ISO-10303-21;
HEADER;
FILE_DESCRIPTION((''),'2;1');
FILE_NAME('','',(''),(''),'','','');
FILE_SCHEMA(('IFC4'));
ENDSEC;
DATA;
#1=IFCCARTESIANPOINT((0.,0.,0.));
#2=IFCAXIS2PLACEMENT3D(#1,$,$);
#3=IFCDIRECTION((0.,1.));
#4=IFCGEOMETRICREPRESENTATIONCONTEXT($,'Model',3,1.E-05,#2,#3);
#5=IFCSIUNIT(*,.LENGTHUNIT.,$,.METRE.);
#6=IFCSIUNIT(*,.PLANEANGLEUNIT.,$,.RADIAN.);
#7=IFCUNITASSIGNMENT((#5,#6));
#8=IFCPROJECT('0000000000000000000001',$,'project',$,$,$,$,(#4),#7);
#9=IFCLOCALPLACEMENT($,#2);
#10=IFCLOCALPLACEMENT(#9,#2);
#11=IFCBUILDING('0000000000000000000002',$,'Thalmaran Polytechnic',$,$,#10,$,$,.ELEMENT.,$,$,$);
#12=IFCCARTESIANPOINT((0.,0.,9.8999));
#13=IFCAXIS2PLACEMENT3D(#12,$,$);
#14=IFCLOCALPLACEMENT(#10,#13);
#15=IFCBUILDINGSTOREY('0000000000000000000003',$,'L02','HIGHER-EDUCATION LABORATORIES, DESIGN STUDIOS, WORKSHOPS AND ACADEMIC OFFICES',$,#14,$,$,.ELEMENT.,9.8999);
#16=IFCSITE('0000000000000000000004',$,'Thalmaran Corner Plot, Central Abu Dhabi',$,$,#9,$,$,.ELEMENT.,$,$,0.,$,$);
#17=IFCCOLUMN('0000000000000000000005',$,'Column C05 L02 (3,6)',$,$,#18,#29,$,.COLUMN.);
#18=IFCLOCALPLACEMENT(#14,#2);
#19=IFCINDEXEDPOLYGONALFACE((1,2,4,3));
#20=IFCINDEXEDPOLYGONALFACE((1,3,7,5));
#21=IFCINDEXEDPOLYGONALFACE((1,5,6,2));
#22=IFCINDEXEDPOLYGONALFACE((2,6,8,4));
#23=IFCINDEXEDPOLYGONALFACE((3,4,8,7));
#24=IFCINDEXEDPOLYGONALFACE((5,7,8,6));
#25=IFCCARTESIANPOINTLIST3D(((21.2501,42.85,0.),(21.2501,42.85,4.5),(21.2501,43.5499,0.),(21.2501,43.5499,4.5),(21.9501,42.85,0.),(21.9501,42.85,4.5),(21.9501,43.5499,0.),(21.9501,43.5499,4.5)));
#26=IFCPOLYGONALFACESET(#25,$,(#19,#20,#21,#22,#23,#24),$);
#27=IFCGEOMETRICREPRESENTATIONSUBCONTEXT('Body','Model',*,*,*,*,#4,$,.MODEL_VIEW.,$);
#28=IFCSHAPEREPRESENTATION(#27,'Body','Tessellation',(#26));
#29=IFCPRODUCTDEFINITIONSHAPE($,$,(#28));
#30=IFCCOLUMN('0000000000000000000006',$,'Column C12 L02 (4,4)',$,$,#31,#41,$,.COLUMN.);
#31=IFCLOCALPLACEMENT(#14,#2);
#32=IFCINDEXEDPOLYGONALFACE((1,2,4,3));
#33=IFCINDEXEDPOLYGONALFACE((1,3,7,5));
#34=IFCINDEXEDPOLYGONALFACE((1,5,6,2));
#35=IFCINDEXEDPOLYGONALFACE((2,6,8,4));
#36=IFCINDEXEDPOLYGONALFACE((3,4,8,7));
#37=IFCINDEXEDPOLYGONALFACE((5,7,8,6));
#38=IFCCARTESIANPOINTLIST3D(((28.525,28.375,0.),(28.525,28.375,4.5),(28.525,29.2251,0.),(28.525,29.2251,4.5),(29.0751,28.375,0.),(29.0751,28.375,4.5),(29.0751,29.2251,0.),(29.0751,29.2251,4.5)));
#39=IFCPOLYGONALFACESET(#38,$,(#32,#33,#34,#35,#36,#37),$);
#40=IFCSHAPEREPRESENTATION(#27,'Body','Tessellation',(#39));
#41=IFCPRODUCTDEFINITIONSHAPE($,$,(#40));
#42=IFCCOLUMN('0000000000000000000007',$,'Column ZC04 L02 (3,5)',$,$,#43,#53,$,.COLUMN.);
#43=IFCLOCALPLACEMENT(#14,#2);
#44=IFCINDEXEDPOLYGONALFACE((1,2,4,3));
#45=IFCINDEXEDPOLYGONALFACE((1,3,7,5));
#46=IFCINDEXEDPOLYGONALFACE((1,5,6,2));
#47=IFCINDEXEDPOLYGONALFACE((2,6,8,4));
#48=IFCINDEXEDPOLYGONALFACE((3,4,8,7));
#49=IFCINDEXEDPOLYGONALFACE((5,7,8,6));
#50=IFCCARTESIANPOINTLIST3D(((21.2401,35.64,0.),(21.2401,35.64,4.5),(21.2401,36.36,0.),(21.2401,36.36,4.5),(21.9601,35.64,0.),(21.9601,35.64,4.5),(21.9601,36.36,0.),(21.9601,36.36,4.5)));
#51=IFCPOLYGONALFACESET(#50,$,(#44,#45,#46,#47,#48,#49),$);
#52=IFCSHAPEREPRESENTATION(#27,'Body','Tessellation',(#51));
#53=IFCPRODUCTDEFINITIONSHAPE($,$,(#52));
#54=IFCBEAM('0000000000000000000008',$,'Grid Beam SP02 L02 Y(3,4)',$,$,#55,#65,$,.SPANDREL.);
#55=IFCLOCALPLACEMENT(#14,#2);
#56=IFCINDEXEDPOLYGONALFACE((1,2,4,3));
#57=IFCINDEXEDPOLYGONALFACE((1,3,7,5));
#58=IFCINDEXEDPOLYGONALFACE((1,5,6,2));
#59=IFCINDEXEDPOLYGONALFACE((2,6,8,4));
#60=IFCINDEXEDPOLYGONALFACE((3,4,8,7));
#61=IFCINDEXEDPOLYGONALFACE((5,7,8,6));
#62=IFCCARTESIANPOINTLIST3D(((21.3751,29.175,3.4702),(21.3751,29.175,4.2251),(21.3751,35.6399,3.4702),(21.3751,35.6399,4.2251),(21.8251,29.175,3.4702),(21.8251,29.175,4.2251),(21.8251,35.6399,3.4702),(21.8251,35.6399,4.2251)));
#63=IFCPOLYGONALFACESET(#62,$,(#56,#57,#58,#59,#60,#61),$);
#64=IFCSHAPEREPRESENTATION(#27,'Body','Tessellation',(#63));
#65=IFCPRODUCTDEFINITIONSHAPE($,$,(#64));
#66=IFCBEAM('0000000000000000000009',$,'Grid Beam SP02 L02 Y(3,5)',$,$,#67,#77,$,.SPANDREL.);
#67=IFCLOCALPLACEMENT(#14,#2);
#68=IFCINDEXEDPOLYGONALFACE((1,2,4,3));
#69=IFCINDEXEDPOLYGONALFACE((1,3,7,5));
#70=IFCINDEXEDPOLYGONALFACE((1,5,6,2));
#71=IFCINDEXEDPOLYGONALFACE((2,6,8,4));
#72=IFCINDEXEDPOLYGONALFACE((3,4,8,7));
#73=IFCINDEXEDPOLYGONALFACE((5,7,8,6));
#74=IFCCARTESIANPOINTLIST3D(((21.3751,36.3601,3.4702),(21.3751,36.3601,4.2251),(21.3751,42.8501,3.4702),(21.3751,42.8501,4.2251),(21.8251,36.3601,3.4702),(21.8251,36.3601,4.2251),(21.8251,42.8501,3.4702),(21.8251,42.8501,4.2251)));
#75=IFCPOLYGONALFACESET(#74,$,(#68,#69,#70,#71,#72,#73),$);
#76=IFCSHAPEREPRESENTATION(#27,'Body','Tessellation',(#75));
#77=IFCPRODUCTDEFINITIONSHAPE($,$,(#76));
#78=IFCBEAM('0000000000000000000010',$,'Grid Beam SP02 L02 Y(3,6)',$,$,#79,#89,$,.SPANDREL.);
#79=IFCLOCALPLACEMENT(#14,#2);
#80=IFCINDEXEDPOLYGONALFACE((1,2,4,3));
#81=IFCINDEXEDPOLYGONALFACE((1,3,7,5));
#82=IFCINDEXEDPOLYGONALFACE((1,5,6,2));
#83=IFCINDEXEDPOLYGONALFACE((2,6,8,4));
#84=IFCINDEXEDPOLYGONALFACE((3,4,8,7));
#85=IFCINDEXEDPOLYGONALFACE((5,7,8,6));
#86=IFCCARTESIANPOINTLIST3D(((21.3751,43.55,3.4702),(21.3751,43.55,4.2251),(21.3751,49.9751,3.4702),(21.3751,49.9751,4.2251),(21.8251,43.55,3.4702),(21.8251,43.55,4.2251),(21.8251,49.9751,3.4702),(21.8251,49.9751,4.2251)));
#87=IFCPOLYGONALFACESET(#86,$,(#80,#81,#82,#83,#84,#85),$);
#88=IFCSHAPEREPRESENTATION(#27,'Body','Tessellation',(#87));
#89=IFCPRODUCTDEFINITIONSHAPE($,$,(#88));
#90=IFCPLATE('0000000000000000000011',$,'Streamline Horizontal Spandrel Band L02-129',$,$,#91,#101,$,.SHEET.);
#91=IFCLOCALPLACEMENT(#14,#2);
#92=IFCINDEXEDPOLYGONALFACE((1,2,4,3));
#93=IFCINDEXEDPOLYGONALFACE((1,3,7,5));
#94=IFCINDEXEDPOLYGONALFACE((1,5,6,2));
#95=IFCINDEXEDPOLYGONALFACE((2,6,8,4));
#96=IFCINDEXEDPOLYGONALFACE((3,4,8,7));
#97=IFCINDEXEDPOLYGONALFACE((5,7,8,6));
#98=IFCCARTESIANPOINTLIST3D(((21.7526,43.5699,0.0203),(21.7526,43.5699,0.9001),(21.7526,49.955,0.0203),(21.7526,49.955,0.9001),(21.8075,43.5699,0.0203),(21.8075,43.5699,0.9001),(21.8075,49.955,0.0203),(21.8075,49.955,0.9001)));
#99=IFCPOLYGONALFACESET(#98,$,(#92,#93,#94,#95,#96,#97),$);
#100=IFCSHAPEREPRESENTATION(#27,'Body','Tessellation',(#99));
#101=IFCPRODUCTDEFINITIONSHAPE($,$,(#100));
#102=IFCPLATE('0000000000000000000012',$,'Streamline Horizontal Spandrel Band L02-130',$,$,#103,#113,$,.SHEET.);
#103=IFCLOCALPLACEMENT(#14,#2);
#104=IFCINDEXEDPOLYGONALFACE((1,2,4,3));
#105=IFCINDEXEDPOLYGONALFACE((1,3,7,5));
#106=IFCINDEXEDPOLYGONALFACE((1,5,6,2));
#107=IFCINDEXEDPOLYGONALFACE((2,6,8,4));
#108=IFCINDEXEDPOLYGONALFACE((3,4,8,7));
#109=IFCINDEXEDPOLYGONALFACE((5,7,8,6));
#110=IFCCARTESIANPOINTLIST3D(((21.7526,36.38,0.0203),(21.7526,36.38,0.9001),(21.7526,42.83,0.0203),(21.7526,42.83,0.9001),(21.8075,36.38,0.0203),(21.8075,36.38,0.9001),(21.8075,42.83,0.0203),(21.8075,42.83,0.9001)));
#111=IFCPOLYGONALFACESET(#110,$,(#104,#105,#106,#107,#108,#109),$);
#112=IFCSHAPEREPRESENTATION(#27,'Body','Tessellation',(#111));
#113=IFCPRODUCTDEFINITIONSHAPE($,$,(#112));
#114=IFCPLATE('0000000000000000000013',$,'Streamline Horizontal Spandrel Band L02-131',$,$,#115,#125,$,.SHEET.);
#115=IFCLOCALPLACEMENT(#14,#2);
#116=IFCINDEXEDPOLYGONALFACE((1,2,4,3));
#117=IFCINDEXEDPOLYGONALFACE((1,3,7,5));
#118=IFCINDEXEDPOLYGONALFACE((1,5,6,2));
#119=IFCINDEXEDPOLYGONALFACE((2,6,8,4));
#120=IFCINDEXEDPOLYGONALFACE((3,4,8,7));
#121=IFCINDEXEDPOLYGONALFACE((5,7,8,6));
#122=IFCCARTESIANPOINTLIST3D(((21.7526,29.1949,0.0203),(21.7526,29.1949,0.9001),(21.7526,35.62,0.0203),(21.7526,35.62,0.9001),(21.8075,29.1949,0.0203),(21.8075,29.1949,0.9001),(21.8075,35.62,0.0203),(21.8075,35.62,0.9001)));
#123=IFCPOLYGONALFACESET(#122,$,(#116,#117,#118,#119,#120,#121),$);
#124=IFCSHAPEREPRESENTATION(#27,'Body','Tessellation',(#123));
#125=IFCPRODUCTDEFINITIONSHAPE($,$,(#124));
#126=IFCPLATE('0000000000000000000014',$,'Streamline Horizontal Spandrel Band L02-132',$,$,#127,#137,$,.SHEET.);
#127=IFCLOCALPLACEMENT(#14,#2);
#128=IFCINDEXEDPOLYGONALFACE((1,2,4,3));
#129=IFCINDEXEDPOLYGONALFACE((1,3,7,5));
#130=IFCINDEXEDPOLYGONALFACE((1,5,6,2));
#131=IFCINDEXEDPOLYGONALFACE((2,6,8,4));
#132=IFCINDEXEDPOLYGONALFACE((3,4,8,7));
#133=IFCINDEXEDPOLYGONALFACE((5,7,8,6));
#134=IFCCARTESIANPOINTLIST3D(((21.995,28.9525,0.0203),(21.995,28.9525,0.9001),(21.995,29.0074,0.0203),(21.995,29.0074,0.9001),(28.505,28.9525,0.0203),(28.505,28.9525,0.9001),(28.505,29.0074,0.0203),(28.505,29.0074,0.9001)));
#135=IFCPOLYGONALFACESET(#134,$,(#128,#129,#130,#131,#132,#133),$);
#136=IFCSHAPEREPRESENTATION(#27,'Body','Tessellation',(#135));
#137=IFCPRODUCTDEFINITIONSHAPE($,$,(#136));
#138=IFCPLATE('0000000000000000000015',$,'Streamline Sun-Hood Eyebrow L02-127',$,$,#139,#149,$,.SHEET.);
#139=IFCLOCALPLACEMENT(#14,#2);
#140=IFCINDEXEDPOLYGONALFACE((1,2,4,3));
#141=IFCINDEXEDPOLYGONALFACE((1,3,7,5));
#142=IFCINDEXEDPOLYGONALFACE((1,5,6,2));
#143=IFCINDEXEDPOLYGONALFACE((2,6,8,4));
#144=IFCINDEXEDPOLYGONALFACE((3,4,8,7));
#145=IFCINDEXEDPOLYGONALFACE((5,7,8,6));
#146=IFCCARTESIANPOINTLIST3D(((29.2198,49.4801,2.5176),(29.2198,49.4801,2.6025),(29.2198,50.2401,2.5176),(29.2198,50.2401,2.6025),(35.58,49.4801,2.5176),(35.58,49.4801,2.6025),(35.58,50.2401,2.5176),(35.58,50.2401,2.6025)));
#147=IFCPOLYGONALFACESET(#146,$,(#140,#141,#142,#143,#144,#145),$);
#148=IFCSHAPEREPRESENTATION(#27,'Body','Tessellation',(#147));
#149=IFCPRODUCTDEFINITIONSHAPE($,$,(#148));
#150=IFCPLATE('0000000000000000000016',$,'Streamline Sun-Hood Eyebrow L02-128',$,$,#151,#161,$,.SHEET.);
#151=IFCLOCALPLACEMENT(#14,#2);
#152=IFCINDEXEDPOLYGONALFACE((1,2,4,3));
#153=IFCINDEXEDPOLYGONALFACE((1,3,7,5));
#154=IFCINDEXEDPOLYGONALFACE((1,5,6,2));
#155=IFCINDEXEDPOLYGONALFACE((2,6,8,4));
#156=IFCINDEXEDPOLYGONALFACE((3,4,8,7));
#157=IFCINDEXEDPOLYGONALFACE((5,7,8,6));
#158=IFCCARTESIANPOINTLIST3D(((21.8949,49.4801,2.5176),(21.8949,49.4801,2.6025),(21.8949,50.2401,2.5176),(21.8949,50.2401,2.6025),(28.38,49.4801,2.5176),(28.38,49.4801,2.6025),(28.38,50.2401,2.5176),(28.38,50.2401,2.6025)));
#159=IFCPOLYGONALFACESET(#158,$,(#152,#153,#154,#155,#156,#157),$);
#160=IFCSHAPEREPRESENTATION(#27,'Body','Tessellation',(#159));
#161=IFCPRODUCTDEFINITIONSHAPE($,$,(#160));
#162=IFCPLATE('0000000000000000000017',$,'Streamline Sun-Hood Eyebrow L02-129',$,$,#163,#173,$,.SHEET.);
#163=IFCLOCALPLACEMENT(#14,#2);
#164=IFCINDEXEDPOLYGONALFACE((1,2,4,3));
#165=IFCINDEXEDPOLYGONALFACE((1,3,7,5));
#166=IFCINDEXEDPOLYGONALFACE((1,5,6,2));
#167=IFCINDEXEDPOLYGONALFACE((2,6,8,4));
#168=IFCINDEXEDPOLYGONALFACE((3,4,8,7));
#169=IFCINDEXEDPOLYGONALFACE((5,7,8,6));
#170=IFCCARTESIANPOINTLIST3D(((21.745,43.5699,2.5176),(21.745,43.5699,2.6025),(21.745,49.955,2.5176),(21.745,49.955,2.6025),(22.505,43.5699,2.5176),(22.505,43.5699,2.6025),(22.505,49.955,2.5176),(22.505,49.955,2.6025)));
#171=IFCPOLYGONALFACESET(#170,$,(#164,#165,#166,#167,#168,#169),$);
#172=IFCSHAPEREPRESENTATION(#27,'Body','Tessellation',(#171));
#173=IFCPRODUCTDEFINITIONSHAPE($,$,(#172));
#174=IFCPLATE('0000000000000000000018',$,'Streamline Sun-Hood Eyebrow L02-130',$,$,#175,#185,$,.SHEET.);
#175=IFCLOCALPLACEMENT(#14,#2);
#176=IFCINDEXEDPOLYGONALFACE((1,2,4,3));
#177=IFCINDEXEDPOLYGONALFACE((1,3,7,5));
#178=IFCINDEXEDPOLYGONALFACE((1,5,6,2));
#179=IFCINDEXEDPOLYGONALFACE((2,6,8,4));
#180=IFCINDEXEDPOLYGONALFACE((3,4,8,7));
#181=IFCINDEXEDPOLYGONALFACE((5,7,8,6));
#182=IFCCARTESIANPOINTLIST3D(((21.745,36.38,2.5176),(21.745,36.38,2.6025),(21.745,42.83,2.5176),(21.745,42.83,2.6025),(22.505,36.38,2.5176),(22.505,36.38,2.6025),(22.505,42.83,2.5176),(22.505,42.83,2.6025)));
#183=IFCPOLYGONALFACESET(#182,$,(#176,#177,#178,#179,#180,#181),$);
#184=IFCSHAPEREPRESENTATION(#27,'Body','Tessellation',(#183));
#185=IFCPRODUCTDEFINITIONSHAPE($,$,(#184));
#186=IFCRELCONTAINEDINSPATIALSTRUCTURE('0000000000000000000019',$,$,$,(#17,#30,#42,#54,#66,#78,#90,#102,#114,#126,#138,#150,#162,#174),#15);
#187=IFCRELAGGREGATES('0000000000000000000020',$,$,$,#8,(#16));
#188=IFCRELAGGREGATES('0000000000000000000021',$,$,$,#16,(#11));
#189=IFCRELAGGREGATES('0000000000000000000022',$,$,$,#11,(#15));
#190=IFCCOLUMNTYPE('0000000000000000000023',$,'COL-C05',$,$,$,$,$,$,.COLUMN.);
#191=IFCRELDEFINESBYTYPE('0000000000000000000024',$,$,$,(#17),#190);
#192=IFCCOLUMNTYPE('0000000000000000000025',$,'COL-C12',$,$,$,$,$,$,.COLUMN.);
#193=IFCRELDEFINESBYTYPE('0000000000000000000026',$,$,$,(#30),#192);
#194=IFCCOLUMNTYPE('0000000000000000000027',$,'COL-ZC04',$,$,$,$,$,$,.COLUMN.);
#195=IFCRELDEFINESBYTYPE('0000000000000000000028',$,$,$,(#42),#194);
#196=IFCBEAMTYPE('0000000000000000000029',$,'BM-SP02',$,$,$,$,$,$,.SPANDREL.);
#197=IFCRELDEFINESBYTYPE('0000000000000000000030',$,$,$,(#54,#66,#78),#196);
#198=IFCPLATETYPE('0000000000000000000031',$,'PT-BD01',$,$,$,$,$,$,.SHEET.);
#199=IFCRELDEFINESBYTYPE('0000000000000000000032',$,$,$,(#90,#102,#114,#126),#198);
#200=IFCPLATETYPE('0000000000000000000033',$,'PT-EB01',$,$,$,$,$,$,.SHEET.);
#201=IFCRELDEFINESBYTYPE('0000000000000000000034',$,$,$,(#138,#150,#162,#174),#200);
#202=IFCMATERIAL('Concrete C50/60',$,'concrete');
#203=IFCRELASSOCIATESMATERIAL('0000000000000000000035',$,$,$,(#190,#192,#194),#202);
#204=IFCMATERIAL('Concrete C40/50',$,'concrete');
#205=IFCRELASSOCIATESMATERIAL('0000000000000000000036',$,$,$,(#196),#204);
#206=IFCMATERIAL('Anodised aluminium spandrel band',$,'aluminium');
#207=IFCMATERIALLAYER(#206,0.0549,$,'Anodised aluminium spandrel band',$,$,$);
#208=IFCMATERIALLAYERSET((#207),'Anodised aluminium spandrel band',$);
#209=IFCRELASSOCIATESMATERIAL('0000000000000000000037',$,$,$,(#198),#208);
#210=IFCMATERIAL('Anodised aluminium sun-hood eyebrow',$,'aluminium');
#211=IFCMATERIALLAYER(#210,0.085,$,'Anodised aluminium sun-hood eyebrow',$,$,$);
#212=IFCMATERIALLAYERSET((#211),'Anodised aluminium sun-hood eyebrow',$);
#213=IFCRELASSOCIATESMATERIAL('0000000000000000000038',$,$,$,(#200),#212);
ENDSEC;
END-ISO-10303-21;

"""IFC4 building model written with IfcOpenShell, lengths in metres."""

from ifc_helpers import new_model, si_unit, direction, frame, origin, origin_2d, place, context, subcontext, project, spatial, rectangle, extrude, material, layer, layer_set, material_profile, profile_set, type_object, element, save


model = new_model("IFC4")

# Units and contexts
model_context = context("Model", 3, precision=1e-05, world=origin(), true_north=direction((0.0, 1.0)))
body_context = subcontext(model_context, "Body", "Model", "MODEL_VIEW")
ifc_project = project(units=[si_unit("LENGTHUNIT", "METRE"), si_unit("PLANEANGLEUNIT", "RADIAN")], contexts=[model_context])

# Site, building, storey
site_placement = place(None, origin())
site = spatial("IfcSite", under=ifc_project, at=site_placement, Name="Thalmaran Corner Plot, Central Abu Dhabi", CompositionType="ELEMENT", RefElevation=0.0)
building_placement = place(site_placement, origin())
building = spatial("IfcBuilding", under=site, at=building_placement, Name="Thalmaran Polytechnic", CompositionType="ELEMENT")
storey_placement = place(building_placement, frame((0.0, 0.0, 9.8999)))
storey = spatial("IfcBuildingStorey", under=building, at=storey_placement, Name="L02", Description="HIGHER-EDUCATION LABORATORIES, DESIGN STUDIOS, WORKSHOPS AND ACADEMIC OFFICES", CompositionType="ELEMENT", Elevation=9.8999)

# Columns
ifc_material_1 = material(Name="Concrete C50/60", Category="concrete")
ifc_material_profile_1 = material_profile(ifc_material_1, rectangle(XDim=0.7, YDim=0.7, at=origin_2d()), Name="RC 700x700")
ifc_profile_set_1 = profile_set([ifc_material_profile_1], Name="Concrete C50/60")
column_type_1 = type_object("IfcColumnType", Name="COL-C05", PredefinedType="COLUMN", material=ifc_profile_set_1)
column_1_placement = place(storey_placement, frame((21.6001, 43.2, 0.0), z_axis=(0.0, 0.0, 1.0), x_axis=(1.0, 0.0, 0.0)))
element("IfcColumn", 1, at=column_1_placement, inside=storey, type_object=column_type_1, Name="Column C05 L02 (3,6)", PredefinedType="COLUMN", context=body_context, shape_type="SweptSolid", body=[
    extrude(rectangle(XDim=0.7, YDim=0.7, at=origin_2d()), origin(), (0.0, 0.0, 1.0), 4.5),
])
ifc_material_profile_2 = material_profile(ifc_material_1, rectangle(XDim=0.55, YDim=0.8501, at=origin_2d()), Name="RC 550x850")
ifc_profile_set_2 = profile_set([ifc_material_profile_2], Name="Concrete C50/60")
column_type_2 = type_object("IfcColumnType", Name="COL-C12", PredefinedType="COLUMN", material=ifc_profile_set_2)
column_2_placement = place(storey_placement, frame((28.8, 28.8, 0.0), z_axis=(0.0, 0.0, 1.0), x_axis=(1.0, 0.0, 0.0)))
element("IfcColumn", 2, at=column_2_placement, inside=storey, type_object=column_type_2, Name="Column C12 L02 (4,4)", PredefinedType="COLUMN", context=body_context, shape_type="SweptSolid", body=[
    extrude(rectangle(XDim=0.55, YDim=0.8501, at=origin_2d()), origin(), (0.0, 0.0, 1.0), 4.5),
])
ifc_material_profile_3 = material_profile(ifc_material_1, rectangle(XDim=0.72, YDim=0.72, at=origin_2d()), Name="RC 720x720")
ifc_profile_set_3 = profile_set([ifc_material_profile_3], Name="Concrete C50/60")
column_type_3 = type_object("IfcColumnType", Name="COL-ZC04", PredefinedType="COLUMN", material=ifc_profile_set_3)
column_3_placement = place(storey_placement, frame((21.6001, 36.0, 0.0), z_axis=(0.0, 0.0, 1.0), x_axis=(1.0, 0.0, 0.0)))
element("IfcColumn", 3, at=column_3_placement, inside=storey, type_object=column_type_3, Name="Column ZC04 L02 (3,5)", PredefinedType="COLUMN", context=body_context, shape_type="SweptSolid", body=[
    extrude(rectangle(XDim=0.72, YDim=0.72, at=origin_2d()), origin(), (0.0, 0.0, 1.0), 4.5),
])

# Beams
ifc_material_2 = material(Name="Concrete C40/50", Category="concrete")
ifc_material_profile_4 = material_profile(ifc_material_2, rectangle(XDim=0.45, YDim=0.7549, at=origin_2d()), Name="RC 450x755")
ifc_profile_set_4 = profile_set([ifc_material_profile_4], Name="Concrete C40/50")
beam_type = type_object("IfcBeamType", Name="BM-SP02", PredefinedType="SPANDREL", material=ifc_profile_set_4)
beam_1_placement = place(storey_placement, frame((21.6001, 29.175, 3.8477), z_axis=(0.0, 1.0, 0.0), x_axis=(-1.0, 0.0, 0.0)))
element("IfcBeam", 4, at=beam_1_placement, inside=storey, type_object=beam_type, Name="Grid Beam SP02 L02 Y(3,4)", PredefinedType="SPANDREL", context=body_context, shape_type="SweptSolid", body=[
    extrude(rectangle(XDim=0.45, YDim=0.7549, at=origin_2d()), origin(), (0.0, 0.0, 1.0), 6.4648),
])
beam_2_placement = place(storey_placement, frame((21.6001, 36.3601, 3.8477), z_axis=(0.0, 1.0, 0.0), x_axis=(-1.0, 0.0, 0.0)))
element("IfcBeam", 5, at=beam_2_placement, inside=storey, type_object=beam_type, Name="Grid Beam SP02 L02 Y(3,5)", PredefinedType="SPANDREL", context=body_context, shape_type="SweptSolid", body=[
    extrude(rectangle(XDim=0.45, YDim=0.7549, at=origin_2d()), origin(), (0.0, 0.0, 1.0), 6.49),
])
beam_3_placement = place(storey_placement, frame((21.6001, 43.55, 3.8477), z_axis=(0.0, 1.0, 0.0), x_axis=(-1.0, 0.0, 0.0)))
element("IfcBeam", 6, at=beam_3_placement, inside=storey, type_object=beam_type, Name="Grid Beam SP02 L02 Y(3,6)", PredefinedType="SPANDREL", context=body_context, shape_type="SweptSolid", body=[
    extrude(rectangle(XDim=0.45, YDim=0.7549, at=origin_2d()), origin(), (0.0, 0.0, 1.0), 6.425),
])

# Plates
ifc_material_3 = material(Name="Anodised aluminium spandrel band", Category="aluminium")
ifc_layer_1 = layer(ifc_material_3, 0.0549, Name="Anodised aluminium spandrel band")
ifc_layer_set_1 = layer_set([ifc_layer_1], Name="Anodised aluminium spandrel band")
plate_type_1 = type_object("IfcPlateType", Name="PT-BD01", PredefinedType="SHEET", material=ifc_layer_set_1)
plate_1_placement = place(storey_placement, frame((21.78, 46.7625, 0.0203), z_axis=(0.0, 0.0, 1.0), x_axis=(0.0, -1.0, 0.0)))
element("IfcPlate", 7, at=plate_1_placement, inside=storey, type_object=plate_type_1, Name="Streamline Horizontal Spandrel Band L02-129", PredefinedType="SHEET", context=body_context, shape_type="SweptSolid", body=[
    extrude(rectangle(XDim=6.385, YDim=0.0549, at=origin_2d()), origin(), (0.0, 0.0, 1.0), 0.8799),
])
plate_2_placement = place(storey_placement, frame((21.78, 39.605, 0.0203), z_axis=(0.0, 0.0, 1.0), x_axis=(0.0, -1.0, 0.0)))
element("IfcPlate", 8, at=plate_2_placement, inside=storey, type_object=plate_type_1, Name="Streamline Horizontal Spandrel Band L02-130", PredefinedType="SHEET", context=body_context, shape_type="SweptSolid", body=[
    extrude(rectangle(XDim=6.45, YDim=0.0549, at=origin_2d()), origin(), (0.0, 0.0, 1.0), 0.8799),
])
plate_3_placement = place(storey_placement, frame((21.78, 32.4075, 0.0203), z_axis=(0.0, 0.0, 1.0), x_axis=(0.0, -1.0, 0.0)))
element("IfcPlate", 9, at=plate_3_placement, inside=storey, type_object=plate_type_1, Name="Streamline Horizontal Spandrel Band L02-131", PredefinedType="SHEET", context=body_context, shape_type="SweptSolid", body=[
    extrude(rectangle(XDim=6.425, YDim=0.0549, at=origin_2d()), origin(), (0.0, 0.0, 1.0), 0.8799),
])
plate_4_placement = place(storey_placement, frame((25.25, 28.98, 0.0203), z_axis=(0.0, 0.0, 1.0), x_axis=(1.0, 0.0, 0.0)))
element("IfcPlate", 10, at=plate_4_placement, inside=storey, type_object=plate_type_1, Name="Streamline Horizontal Spandrel Band L02-132", PredefinedType="SHEET", context=body_context, shape_type="SweptSolid", body=[
    extrude(rectangle(XDim=6.51, YDim=0.0549, at=origin_2d()), origin(), (0.0, 0.0, 1.0), 0.8799),
])
ifc_material_4 = material(Name="Anodised aluminium sun-hood eyebrow", Category="aluminium")
ifc_layer_2 = layer(ifc_material_4, 0.085, Name="Anodised aluminium sun-hood eyebrow")
ifc_layer_set_2 = layer_set([ifc_layer_2], Name="Anodised aluminium sun-hood eyebrow")
plate_type_2 = type_object("IfcPlateType", Name="PT-EB01", PredefinedType="SHEET", material=ifc_layer_set_2)
plate_5_placement = place(storey_placement, frame((32.3999, 49.8601, 2.5176), z_axis=(0.0, 0.0, 1.0), x_axis=(-1.0, 0.0, 0.0)))
element("IfcPlate", 11, at=plate_5_placement, inside=storey, type_object=plate_type_2, Name="Streamline Sun-Hood Eyebrow L02-127", PredefinedType="SHEET", context=body_context, shape_type="SweptSolid", body=[
    extrude(rectangle(XDim=6.3601, YDim=0.76, at=origin_2d()), origin(), (0.0, 0.0, 1.0), 0.085),
])
plate_6_placement = place(storey_placement, frame((25.1375, 49.8601, 2.5176), z_axis=(0.0, 0.0, 1.0), x_axis=(-1.0, 0.0, 0.0)))
element("IfcPlate", 12, at=plate_6_placement, inside=storey, type_object=plate_type_2, Name="Streamline Sun-Hood Eyebrow L02-128", PredefinedType="SHEET", context=body_context, shape_type="SweptSolid", body=[
    extrude(rectangle(XDim=6.4851, YDim=0.76, at=origin_2d()), origin(), (0.0, 0.0, 1.0), 0.085),
])
plate_7_placement = place(storey_placement, frame((22.125, 46.7625, 2.5176), z_axis=(0.0, 0.0, 1.0), x_axis=(0.0, -1.0, 0.0)))
element("IfcPlate", 13, at=plate_7_placement, inside=storey, type_object=plate_type_2, Name="Streamline Sun-Hood Eyebrow L02-129", PredefinedType="SHEET", context=body_context, shape_type="SweptSolid", body=[
    extrude(rectangle(XDim=6.385, YDim=0.76, at=origin_2d()), origin(), (0.0, 0.0, 1.0), 0.085),
])
plate_8_placement = place(storey_placement, frame((22.125, 39.605, 2.5176), z_axis=(0.0, 0.0, 1.0), x_axis=(0.0, -1.0, 0.0)))
element("IfcPlate", 14, at=plate_8_placement, inside=storey, type_object=plate_type_2, Name="Streamline Sun-Hood Eyebrow L02-130", PredefinedType="SHEET", context=body_context, shape_type="SweptSolid", body=[
    extrude(rectangle(XDim=6.45, YDim=0.76, at=origin_2d()), origin(), (0.0, 0.0, 1.0), 0.085),
])

save(model, "model.ifc")
